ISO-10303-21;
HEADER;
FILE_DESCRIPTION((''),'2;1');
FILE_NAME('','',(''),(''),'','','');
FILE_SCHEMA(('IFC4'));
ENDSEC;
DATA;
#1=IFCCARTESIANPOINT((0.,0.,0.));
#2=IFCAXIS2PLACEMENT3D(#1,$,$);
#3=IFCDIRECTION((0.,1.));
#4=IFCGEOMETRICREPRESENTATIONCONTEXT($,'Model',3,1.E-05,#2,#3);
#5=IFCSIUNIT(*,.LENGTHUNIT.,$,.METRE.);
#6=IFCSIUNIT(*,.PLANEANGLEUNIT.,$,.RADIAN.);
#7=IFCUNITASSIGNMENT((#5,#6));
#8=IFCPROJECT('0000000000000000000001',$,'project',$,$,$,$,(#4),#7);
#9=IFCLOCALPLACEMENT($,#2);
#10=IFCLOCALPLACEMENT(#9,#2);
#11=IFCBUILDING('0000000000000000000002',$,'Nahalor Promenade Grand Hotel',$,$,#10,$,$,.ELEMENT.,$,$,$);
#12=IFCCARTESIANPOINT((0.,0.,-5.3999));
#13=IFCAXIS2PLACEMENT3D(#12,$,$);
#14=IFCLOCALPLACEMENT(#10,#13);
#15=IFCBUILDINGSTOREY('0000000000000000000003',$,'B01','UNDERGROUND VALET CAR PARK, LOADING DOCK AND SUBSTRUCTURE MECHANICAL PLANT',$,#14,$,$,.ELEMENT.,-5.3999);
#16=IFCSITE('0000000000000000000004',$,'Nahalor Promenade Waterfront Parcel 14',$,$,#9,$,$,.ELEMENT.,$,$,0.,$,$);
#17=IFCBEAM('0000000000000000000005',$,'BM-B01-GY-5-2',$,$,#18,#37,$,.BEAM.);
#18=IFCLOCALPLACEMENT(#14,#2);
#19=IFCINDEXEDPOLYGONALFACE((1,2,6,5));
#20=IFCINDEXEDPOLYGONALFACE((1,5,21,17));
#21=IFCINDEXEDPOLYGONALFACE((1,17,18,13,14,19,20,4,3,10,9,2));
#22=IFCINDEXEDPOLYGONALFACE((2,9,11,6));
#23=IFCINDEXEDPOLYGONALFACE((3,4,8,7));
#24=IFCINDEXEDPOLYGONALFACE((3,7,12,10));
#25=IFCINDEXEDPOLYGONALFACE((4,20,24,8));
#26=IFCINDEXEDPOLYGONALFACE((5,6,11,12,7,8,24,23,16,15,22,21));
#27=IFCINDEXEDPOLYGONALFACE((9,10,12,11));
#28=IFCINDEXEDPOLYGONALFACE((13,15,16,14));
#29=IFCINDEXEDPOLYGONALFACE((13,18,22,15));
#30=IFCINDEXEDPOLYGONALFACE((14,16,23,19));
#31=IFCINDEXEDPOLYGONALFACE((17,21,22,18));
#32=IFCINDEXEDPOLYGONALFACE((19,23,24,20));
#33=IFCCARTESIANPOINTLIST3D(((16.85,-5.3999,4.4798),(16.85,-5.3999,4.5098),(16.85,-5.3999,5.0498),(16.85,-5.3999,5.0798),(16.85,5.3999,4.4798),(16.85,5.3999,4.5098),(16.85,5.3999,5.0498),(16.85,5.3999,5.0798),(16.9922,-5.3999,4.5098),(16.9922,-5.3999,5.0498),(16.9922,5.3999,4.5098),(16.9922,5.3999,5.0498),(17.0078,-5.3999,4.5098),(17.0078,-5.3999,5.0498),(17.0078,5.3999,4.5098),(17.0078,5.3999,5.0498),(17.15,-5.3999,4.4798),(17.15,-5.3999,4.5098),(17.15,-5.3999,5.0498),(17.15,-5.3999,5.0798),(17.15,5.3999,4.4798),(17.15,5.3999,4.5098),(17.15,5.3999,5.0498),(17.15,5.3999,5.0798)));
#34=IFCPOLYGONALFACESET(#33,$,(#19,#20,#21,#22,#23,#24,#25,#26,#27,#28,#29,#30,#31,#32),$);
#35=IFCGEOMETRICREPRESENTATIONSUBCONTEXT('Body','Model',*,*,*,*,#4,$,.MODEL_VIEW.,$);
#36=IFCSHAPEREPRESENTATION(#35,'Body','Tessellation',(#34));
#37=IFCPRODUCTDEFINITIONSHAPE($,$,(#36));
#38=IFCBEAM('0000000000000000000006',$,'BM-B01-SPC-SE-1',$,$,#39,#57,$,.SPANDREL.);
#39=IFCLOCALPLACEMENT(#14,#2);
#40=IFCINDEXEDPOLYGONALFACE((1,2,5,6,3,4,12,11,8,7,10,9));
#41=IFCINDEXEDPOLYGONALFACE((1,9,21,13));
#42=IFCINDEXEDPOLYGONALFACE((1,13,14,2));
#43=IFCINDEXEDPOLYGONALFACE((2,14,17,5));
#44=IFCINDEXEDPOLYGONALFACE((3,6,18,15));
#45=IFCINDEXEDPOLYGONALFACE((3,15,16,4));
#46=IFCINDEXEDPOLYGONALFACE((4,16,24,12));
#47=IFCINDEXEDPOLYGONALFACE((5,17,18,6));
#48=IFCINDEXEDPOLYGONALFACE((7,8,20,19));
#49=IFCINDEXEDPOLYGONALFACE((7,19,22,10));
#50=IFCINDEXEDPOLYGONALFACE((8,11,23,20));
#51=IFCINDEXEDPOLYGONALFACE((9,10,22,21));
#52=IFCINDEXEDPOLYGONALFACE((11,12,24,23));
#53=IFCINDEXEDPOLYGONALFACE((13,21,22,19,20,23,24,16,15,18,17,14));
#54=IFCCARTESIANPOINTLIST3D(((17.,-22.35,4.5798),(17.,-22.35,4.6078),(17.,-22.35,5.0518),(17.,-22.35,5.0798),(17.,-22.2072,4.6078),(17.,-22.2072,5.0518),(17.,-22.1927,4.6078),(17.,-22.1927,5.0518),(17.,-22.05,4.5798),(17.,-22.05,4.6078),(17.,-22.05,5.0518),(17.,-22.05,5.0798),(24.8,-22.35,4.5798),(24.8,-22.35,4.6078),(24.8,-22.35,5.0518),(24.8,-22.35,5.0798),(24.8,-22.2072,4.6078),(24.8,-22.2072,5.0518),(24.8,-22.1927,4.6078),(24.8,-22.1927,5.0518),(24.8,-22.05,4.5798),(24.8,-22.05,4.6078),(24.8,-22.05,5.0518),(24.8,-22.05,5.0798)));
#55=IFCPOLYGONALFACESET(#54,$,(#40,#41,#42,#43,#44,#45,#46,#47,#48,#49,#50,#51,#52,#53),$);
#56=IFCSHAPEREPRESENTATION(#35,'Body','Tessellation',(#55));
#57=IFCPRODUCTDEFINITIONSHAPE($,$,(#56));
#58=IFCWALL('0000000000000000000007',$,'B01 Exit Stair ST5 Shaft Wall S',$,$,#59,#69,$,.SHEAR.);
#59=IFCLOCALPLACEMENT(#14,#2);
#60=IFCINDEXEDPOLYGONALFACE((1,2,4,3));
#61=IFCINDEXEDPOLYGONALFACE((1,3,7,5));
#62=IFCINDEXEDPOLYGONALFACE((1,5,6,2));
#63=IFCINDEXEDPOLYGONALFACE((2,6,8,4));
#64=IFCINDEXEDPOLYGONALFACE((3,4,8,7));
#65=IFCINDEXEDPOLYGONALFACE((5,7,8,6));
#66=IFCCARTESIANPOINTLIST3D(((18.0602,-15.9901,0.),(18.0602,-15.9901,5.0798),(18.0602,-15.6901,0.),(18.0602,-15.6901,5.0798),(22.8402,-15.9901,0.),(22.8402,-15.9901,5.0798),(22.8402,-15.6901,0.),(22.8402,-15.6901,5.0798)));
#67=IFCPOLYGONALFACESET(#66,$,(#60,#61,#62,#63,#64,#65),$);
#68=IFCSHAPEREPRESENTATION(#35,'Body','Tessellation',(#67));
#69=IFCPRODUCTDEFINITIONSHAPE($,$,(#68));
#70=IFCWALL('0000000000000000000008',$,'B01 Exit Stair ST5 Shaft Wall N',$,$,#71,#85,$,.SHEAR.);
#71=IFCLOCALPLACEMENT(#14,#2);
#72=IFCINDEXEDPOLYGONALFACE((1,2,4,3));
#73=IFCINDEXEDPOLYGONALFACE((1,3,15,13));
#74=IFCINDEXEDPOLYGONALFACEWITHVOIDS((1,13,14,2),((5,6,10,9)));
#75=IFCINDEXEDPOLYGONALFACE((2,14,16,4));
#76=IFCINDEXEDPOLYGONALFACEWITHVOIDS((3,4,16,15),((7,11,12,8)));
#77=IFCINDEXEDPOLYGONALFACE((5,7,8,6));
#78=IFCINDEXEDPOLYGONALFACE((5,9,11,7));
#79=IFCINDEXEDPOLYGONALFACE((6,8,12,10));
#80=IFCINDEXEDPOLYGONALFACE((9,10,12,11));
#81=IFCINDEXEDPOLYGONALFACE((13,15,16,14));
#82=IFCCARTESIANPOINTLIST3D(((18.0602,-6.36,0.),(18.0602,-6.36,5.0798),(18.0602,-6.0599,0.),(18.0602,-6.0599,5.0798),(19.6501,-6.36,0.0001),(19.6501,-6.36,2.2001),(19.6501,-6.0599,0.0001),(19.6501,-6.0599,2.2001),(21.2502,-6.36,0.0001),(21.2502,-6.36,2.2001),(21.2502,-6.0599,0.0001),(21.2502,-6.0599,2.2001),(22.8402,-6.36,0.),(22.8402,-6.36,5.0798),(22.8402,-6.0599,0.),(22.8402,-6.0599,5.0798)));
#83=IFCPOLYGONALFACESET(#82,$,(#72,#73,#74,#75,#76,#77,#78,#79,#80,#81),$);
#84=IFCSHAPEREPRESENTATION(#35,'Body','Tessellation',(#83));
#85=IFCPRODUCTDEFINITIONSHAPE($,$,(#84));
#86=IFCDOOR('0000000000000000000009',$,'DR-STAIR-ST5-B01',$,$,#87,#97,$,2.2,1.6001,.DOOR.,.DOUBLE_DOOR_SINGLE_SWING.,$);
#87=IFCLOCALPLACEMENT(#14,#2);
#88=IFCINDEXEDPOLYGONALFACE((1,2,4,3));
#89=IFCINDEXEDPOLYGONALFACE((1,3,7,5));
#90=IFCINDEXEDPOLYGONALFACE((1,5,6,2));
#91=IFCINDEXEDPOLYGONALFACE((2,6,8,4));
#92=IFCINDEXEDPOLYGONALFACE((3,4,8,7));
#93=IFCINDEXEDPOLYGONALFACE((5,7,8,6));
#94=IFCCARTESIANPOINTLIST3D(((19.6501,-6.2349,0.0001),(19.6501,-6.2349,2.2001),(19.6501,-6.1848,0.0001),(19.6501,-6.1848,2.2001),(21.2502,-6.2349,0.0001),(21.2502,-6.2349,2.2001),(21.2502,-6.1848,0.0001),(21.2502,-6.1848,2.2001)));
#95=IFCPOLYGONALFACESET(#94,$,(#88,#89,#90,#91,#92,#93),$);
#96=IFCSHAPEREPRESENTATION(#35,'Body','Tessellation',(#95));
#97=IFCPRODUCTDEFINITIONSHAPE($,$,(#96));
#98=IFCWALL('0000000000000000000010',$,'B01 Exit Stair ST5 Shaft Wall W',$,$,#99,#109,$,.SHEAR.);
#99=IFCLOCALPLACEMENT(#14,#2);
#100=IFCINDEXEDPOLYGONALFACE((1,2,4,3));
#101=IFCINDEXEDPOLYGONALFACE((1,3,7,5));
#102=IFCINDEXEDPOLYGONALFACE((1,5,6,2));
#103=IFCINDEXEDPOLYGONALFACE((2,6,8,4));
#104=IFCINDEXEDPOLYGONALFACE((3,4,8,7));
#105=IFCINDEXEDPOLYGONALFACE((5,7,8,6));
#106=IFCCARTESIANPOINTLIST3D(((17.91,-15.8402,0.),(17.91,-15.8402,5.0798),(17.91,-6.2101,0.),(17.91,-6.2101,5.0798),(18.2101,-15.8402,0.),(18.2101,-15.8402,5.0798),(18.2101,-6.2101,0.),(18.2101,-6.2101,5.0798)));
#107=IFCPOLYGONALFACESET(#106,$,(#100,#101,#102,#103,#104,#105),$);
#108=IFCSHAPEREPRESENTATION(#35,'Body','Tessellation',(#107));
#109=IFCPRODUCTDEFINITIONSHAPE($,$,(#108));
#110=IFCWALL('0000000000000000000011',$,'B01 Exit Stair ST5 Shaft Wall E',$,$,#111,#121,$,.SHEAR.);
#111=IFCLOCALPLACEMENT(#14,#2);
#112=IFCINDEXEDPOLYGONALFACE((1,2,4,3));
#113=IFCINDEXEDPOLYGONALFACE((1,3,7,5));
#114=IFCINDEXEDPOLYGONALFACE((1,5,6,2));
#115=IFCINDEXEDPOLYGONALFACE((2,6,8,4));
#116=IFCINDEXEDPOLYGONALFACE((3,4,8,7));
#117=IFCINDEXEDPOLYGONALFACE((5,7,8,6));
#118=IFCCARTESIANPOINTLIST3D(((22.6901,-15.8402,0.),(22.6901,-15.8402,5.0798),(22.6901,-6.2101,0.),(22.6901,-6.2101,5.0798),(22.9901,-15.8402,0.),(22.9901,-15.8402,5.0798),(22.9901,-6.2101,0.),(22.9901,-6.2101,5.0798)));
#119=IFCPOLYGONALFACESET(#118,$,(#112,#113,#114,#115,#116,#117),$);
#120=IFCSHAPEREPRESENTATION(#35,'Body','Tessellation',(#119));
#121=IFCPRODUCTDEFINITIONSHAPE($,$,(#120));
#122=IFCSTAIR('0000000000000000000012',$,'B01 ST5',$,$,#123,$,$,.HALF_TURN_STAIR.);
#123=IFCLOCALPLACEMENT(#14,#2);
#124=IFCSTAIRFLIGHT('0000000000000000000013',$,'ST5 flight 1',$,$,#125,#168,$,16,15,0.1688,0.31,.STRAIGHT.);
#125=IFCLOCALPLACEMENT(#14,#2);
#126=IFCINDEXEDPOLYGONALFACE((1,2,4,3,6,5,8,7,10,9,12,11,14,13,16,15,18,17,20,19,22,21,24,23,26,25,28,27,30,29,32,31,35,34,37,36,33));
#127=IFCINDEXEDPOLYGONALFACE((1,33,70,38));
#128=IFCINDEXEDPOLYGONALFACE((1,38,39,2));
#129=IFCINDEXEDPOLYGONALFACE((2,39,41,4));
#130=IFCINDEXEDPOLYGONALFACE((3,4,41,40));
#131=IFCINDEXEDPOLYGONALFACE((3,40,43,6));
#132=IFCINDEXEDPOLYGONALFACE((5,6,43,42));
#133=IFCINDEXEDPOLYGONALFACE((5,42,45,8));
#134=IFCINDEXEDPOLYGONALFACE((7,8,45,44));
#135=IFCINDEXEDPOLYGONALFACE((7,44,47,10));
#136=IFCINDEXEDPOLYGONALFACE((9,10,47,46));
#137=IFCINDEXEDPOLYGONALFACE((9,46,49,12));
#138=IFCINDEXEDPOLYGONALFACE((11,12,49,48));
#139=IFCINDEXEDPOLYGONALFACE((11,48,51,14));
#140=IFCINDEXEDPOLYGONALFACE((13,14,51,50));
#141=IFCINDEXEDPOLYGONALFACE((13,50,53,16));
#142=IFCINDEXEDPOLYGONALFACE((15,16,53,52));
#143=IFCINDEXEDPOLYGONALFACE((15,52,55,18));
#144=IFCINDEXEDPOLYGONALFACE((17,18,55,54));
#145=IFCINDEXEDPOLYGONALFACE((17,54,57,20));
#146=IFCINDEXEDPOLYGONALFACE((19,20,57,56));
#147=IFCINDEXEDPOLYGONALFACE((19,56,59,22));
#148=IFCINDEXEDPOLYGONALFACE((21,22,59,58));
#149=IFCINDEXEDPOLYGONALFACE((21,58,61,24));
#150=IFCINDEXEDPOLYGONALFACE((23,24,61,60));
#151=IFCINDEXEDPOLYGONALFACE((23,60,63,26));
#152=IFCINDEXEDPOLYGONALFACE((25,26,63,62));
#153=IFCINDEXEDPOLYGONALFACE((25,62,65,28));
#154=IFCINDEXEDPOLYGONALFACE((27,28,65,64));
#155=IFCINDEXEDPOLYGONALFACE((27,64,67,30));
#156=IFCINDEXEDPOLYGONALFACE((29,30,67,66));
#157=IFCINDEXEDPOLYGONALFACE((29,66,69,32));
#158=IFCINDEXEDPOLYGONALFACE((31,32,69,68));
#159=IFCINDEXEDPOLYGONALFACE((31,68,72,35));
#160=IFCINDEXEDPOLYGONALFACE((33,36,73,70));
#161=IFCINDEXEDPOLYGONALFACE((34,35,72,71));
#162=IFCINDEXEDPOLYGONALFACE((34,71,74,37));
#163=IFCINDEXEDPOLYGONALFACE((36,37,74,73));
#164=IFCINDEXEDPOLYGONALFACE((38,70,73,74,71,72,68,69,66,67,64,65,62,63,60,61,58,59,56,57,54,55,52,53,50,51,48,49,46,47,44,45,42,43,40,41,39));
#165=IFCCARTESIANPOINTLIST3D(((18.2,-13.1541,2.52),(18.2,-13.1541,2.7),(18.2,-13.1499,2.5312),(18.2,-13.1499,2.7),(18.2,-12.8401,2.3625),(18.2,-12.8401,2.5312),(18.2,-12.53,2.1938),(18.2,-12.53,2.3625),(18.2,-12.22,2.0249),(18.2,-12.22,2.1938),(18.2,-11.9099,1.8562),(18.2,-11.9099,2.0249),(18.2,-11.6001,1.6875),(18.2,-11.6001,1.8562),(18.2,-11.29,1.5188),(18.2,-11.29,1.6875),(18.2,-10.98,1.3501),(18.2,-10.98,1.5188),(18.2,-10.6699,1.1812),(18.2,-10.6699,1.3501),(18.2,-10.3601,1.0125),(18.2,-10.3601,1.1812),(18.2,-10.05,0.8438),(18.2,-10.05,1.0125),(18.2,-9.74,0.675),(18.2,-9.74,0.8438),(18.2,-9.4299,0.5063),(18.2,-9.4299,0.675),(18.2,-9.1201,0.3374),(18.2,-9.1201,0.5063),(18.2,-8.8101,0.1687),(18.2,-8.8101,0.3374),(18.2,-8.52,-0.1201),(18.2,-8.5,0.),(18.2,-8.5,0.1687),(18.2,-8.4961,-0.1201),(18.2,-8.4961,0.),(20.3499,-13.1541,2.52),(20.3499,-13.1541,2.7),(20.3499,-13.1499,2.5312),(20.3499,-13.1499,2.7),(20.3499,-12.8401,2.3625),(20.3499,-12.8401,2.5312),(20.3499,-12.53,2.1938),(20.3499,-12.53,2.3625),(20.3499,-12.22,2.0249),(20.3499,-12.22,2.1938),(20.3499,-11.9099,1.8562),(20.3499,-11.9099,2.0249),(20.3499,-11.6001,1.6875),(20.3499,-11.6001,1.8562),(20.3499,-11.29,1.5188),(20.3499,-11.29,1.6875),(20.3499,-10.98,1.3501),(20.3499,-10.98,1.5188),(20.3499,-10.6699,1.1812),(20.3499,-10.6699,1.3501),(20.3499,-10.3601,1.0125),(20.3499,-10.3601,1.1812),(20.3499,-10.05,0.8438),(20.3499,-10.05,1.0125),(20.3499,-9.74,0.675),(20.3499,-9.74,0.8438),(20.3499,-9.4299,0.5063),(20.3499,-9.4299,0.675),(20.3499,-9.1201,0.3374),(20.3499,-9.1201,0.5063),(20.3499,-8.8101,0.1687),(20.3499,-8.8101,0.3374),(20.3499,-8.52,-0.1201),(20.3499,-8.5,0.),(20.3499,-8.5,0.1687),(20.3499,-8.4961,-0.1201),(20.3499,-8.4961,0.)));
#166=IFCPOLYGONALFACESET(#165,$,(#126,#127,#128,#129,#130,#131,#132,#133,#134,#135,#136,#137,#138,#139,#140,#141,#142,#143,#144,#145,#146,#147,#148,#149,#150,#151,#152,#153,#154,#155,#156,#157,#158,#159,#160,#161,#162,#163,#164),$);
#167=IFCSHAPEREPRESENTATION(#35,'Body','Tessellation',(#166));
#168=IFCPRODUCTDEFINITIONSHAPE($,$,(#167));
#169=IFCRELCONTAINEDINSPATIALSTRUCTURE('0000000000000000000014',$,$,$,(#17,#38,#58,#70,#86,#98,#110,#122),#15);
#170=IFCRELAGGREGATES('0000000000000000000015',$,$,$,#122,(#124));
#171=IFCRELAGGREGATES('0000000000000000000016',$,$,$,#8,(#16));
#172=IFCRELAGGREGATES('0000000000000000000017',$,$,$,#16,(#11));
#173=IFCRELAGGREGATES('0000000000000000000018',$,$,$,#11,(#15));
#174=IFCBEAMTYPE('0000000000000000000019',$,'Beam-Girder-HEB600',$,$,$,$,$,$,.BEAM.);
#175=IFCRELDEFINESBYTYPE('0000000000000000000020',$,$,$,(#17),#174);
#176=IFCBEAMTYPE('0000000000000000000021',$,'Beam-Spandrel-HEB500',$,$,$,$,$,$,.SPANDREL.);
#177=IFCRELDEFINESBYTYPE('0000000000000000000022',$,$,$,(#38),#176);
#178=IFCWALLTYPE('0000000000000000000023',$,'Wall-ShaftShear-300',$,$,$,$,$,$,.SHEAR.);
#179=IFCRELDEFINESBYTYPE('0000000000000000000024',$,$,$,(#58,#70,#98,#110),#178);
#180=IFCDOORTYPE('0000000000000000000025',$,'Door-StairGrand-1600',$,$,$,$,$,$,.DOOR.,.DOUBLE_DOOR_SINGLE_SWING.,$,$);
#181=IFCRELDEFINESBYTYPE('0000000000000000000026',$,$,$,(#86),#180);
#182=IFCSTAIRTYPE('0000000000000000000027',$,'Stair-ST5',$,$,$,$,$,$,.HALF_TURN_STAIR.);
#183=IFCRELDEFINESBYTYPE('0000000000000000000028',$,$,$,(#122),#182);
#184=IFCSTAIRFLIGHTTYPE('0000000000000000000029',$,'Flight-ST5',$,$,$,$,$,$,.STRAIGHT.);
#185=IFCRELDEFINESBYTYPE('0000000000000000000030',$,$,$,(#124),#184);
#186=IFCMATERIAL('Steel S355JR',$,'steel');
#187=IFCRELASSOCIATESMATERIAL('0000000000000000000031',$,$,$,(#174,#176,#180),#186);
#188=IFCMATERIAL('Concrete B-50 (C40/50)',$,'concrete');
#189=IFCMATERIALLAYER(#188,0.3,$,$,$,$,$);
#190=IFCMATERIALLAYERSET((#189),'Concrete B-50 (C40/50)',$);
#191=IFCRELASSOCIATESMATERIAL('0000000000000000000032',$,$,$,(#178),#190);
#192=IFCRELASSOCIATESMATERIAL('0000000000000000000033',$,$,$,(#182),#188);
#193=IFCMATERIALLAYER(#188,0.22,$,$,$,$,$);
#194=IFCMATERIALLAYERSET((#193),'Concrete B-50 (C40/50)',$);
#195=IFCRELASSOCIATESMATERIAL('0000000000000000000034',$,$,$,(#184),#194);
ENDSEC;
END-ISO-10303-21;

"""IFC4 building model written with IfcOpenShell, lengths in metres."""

from ifc_helpers import new_model, si_unit, direction, frame, frame_2d, origin, origin_2d, place, context, subcontext, project, spatial, polyline, rectangle, i_section, outline, extrude, source, transform, mapped, material, layer, layer_set, material_profile, profile_set, type_object, element, fill, aggregate, save


model = new_model("IFC4")

# Units and contexts
model_context = context("Model", 3, precision=1e-05, world=origin(), true_north=direction((0.0, 1.0)))
body_context = subcontext(model_context, "Body", "Model", "MODEL_VIEW")
ifc_project = project(units=[si_unit("LENGTHUNIT", "METRE"), si_unit("PLANEANGLEUNIT", "RADIAN")], contexts=[model_context])

# Site, building, storey
site_placement = place(None, origin())
site = spatial("IfcSite", under=ifc_project, at=site_placement, Name="Nahalor Promenade Waterfront Parcel 14", CompositionType="ELEMENT", RefElevation=0.0)
building_placement = place(site_placement, origin())
building = spatial("IfcBuilding", under=site, at=building_placement, Name="Nahalor Promenade Grand Hotel", CompositionType="ELEMENT")
storey_placement = place(building_placement, frame((0.0, 0.0, -5.3999)))
storey = spatial("IfcBuildingStorey", under=building, at=storey_placement, Name="B01", Description="UNDERGROUND VALET CAR PARK, LOADING DOCK AND SUBSTRUCTURE MECHANICAL PLANT", CompositionType="ELEMENT", Elevation=-5.3999)

# Beams
ifc_material_1 = material(Name="Steel S355JR", Category="steel")
ifc_material_profile_1 = material_profile(ifc_material_1, i_section(OverallWidth=0.3, OverallDepth=0.6, WebThickness=0.0155, FlangeThickness=0.03, at=origin_2d()), Name="HEB 600")
ifc_profile_set_1 = profile_set([ifc_material_profile_1], Name="Steel S355JR")
beam_type_1 = type_object("IfcBeamType", Name="Beam-Girder-HEB600", PredefinedType="BEAM", material=ifc_profile_set_1)
shared_shape_1 = source(origin(), body_context, "Body", "SweptSolid", [
    extrude(i_section(OverallWidth=0.3, OverallDepth=0.6, WebThickness=0.0155, FlangeThickness=0.03, at=origin_2d()), origin(), (0.0, 0.0, 1.0), 10.7998),
])
beam_1_placement = place(storey_placement, frame((17.0, -5.3999, 4.7798), z_axis=(0.0, 1.0, 0.0), x_axis=(-1.0, 0.0, 0.0)))
element("IfcBeam", 1, at=beam_1_placement, inside=storey, type_object=beam_type_1, Name="BM-B01-GY-5-2", PredefinedType="BEAM", context=body_context, shape_type="MappedRepresentation", body=[
    mapped(shared_shape_1, transform((0.0, 0.0, 0.0), scale=1.0)),
])
ifc_material_profile_2 = material_profile(ifc_material_1, i_section(OverallWidth=0.3, OverallDepth=0.5, WebThickness=0.0145, FlangeThickness=0.028, at=origin_2d()), Name="HEB 500")
ifc_profile_set_2 = profile_set([ifc_material_profile_2], Name="Steel S355JR")
beam_type_2 = type_object("IfcBeamType", Name="Beam-Spandrel-HEB500", PredefinedType="SPANDREL", material=ifc_profile_set_2)
shared_shape_2 = source(origin(), body_context, "Body", "SweptSolid", [
    extrude(i_section(OverallWidth=0.3, OverallDepth=0.5, WebThickness=0.0145, FlangeThickness=0.028, at=origin_2d()), origin(), (0.0, 0.0, 1.0), 7.8),
])
beam_2_placement = place(storey_placement, frame((17.0, -22.2, 4.8298), z_axis=(1.0, 0.0, 0.0), x_axis=(0.0, 1.0, 0.0)))
element("IfcBeam", 2, at=beam_2_placement, inside=storey, type_object=beam_type_2, Name="BM-B01-SPC-SE-1", PredefinedType="SPANDREL", context=body_context, shape_type="MappedRepresentation", body=[
    mapped(shared_shape_2, transform((0.0, 0.0, 0.0), scale=1.0)),
])

# Wall
ifc_material_2 = material(Name="Concrete B-50 (C40/50)", Category="concrete")
ifc_layer_1 = layer(ifc_material_2, 0.3)
ifc_layer_set_1 = layer_set([ifc_layer_1], Name="Concrete B-50 (C40/50)")
wall_type = type_object("IfcWallType", Name="Wall-ShaftShear-300", PredefinedType="SHEAR", material=ifc_layer_set_1)
shared_shape_3 = source(origin(), body_context, "Body", "SweptSolid", [
    extrude(rectangle(XDim=4.78, YDim=0.3, at=frame_2d((2.3901, 0.0))), origin(), (0.0, 0.0, 1.0), 5.0798),
])
wall_1_placement = place(storey_placement, frame((18.0601, -15.8401, 0.0), z_axis=(0.0, 0.0, 1.0), x_axis=(1.0, 0.0, 0.0)))
element("IfcWall", 3, at=wall_1_placement, inside=storey, type_object=wall_type, Name="B01 Exit Stair ST5 Shaft Wall S", PredefinedType="SHEAR", context=body_context, shape_type="MappedRepresentation", body=[
    mapped(shared_shape_3, transform((0.0, 0.0, 0.0), scale=1.0)),
])

# Wall, opening, door
wall_2_placement = place(storey_placement, frame((18.0601, -6.21, 0.0), z_axis=(0.0, 0.0, 1.0), x_axis=(1.0, 0.0, 0.0)))
wall_2 = element("IfcWall", 4, at=wall_2_placement, inside=storey, type_object=wall_type, Name="B01 Exit Stair ST5 Shaft Wall N", PredefinedType="SHEAR", context=body_context, shape_type="MappedRepresentation", body=[
    mapped(shared_shape_3, transform((0.0, 0.0, 0.0), scale=1.0)),
])
opening_placement = place(wall_2_placement, frame((1.5901, 0.0, 0.0)))
opening = element("IfcOpeningElement", 5, at=opening_placement, cuts=wall_2, PredefinedType="OPENING", context=body_context, shape_type="SweptSolid", body=[
    extrude(rectangle(XDim=1.6001, YDim=2.2, at=frame_2d((0.8, 1.1001))), frame((0.0, 0.1599, 0.0), z_axis=(0.0, -1.0, 0.0), x_axis=(1.0, 0.0, 0.0)), (0.0, 0.0, 1.0), 0.3201),
])
door_type = type_object("IfcDoorType", Name="Door-StairGrand-1600", OperationType="DOUBLE_DOOR_SINGLE_SWING", PredefinedType="DOOR", material=ifc_material_1)
shared_shape_4 = source(origin(), body_context, "Body", "SweptSolid", [
    extrude(rectangle(XDim=1.6001, YDim=2.2, at=frame_2d((0.8, 1.1001))), frame((0.0, 0.0249, 0.0), z_axis=(0.0, -1.0, 0.0), x_axis=(1.0, 0.0, 0.0)), (0.0, 0.0, 1.0), 0.05),
])
door_placement = place(opening_placement, frame((1.6001, 0.0, 0.0), z_axis=(0.0, 0.0, 1.0), x_axis=(-1.0, 0.0, 0.0)))
door = element("IfcDoor", 6, at=door_placement, inside=storey, type_object=door_type, Name="DR-STAIR-ST5-B01", OperationType="DOUBLE_DOOR_SINGLE_SWING", OverallHeight=2.2, OverallWidth=1.6001, PredefinedType="DOOR", context=body_context, shape_type="MappedRepresentation", body=[
    mapped(shared_shape_4, transform((0.0, 0.0, 0.0), scale=1.0)),
])
fill(opening, door)

# Walls
shared_shape_5 = source(origin(), body_context, "Body", "SweptSolid", [
    extrude(rectangle(XDim=9.6301, YDim=0.3, at=frame_2d((4.8149, 0.0))), origin(), (0.0, 0.0, 1.0), 5.0798),
])
for number, where, z_axis, x_axis, name in (
    (7, (18.0601, -15.8401, 0.0), (0.0, 0.0, 1.0), (0.0, 1.0, 0.0), "B01 Exit Stair ST5 Shaft Wall W"),
    (8, (22.8401, -15.8401, 0.0), (0.0, 0.0, 1.0), (0.0, 1.0, 0.0), "B01 Exit Stair ST5 Shaft Wall E"),
):
    element("IfcWall", number, at=place(storey_placement, frame(where, z_axis=z_axis, x_axis=x_axis)), inside=storey, type_object=wall_type, Name=name, PredefinedType="SHEAR", context=body_context, shape_type="MappedRepresentation", body=[
        mapped(shared_shape_5, transform((0.0, 0.0, 0.0), scale=1.0)),
    ])

# Stair, stair flight
stair_type = type_object("IfcStairType", Name="Stair-ST5", PredefinedType="HALF_TURN_STAIR", material=ifc_material_2)
stair_placement = place(storey_placement, origin())
stair = element("IfcStair", 9, at=stair_placement, inside=storey, type_object=stair_type, Name="B01 ST5", PredefinedType="HALF_TURN_STAIR")
ifc_layer_2 = layer(ifc_material_2, 0.22)
ifc_layer_set_2 = layer_set([ifc_layer_2], Name="Concrete B-50 (C40/50)")
stair_flight_type = type_object("IfcStairFlightType", Name="Flight-ST5", PredefinedType="STRAIGHT", material=ifc_layer_set_2)
shared_shape_6 = source(origin(), body_context, "Body", "SweptSolid", [
    extrude(outline(polyline([(-0.0039, -0.1201), (-0.0039, 0.0), (0.0, 0.0), (0.0, 0.1687), (0.3101, 0.1687), (0.3101, 0.3374), (0.6201, 0.3374), (0.6201, 0.5063), (0.9299, 0.5063), (0.9299, 0.675), (1.24, 0.675), (1.24, 0.8438), (1.55, 0.8438), (1.55, 1.0125), (1.8601, 1.0125), (1.8601, 1.1812), (2.1699, 1.1812), (2.1699, 1.3501), (2.48, 1.3501), (2.48, 1.5188), (2.79, 1.5188), (2.79, 1.6875), (3.1001, 1.6875), (3.1001, 1.8562), (3.4099, 1.8562), (3.4099, 2.0249), (3.72, 2.0249), (3.72, 2.1938), (4.03, 2.1938), (4.03, 2.3625), (4.3401, 2.3625), (4.3401, 2.5312), (4.6499, 2.5312), (4.6499, 2.7), (4.6541, 2.7), (4.6541, 2.52), (0.02, -0.1201), (-0.0039, -0.1201)])), frame((0.0, 1.075, 0.0), z_axis=(0.0, -1.0, 0.0), x_axis=(1.0, 0.0, 0.0)), (0.0, 0.0, 1.0), 2.1499),
])
stair_flight_1_placement = place(storey_placement, frame((19.2749, -8.5, 0.0), z_axis=(0.0, 0.0, 1.0), x_axis=(0.0, -1.0, 0.0)))
stair_flight_1 = element("IfcStairFlight", 10, at=stair_flight_1_placement, type_object=stair_flight_type, Name="ST5 flight 1", NumberOfRisers=16, NumberOfTreads=15, PredefinedType="STRAIGHT", RiserHeight=0.1688, TreadLength=0.31, context=body_context, shape_type="MappedRepresentation", body=[
    mapped(shared_shape_6, transform((0.0, 0.0, 0.0), scale=1.0)),
])
aggregate(stair, [stair_flight_1])

save(model, "model.ifc")
